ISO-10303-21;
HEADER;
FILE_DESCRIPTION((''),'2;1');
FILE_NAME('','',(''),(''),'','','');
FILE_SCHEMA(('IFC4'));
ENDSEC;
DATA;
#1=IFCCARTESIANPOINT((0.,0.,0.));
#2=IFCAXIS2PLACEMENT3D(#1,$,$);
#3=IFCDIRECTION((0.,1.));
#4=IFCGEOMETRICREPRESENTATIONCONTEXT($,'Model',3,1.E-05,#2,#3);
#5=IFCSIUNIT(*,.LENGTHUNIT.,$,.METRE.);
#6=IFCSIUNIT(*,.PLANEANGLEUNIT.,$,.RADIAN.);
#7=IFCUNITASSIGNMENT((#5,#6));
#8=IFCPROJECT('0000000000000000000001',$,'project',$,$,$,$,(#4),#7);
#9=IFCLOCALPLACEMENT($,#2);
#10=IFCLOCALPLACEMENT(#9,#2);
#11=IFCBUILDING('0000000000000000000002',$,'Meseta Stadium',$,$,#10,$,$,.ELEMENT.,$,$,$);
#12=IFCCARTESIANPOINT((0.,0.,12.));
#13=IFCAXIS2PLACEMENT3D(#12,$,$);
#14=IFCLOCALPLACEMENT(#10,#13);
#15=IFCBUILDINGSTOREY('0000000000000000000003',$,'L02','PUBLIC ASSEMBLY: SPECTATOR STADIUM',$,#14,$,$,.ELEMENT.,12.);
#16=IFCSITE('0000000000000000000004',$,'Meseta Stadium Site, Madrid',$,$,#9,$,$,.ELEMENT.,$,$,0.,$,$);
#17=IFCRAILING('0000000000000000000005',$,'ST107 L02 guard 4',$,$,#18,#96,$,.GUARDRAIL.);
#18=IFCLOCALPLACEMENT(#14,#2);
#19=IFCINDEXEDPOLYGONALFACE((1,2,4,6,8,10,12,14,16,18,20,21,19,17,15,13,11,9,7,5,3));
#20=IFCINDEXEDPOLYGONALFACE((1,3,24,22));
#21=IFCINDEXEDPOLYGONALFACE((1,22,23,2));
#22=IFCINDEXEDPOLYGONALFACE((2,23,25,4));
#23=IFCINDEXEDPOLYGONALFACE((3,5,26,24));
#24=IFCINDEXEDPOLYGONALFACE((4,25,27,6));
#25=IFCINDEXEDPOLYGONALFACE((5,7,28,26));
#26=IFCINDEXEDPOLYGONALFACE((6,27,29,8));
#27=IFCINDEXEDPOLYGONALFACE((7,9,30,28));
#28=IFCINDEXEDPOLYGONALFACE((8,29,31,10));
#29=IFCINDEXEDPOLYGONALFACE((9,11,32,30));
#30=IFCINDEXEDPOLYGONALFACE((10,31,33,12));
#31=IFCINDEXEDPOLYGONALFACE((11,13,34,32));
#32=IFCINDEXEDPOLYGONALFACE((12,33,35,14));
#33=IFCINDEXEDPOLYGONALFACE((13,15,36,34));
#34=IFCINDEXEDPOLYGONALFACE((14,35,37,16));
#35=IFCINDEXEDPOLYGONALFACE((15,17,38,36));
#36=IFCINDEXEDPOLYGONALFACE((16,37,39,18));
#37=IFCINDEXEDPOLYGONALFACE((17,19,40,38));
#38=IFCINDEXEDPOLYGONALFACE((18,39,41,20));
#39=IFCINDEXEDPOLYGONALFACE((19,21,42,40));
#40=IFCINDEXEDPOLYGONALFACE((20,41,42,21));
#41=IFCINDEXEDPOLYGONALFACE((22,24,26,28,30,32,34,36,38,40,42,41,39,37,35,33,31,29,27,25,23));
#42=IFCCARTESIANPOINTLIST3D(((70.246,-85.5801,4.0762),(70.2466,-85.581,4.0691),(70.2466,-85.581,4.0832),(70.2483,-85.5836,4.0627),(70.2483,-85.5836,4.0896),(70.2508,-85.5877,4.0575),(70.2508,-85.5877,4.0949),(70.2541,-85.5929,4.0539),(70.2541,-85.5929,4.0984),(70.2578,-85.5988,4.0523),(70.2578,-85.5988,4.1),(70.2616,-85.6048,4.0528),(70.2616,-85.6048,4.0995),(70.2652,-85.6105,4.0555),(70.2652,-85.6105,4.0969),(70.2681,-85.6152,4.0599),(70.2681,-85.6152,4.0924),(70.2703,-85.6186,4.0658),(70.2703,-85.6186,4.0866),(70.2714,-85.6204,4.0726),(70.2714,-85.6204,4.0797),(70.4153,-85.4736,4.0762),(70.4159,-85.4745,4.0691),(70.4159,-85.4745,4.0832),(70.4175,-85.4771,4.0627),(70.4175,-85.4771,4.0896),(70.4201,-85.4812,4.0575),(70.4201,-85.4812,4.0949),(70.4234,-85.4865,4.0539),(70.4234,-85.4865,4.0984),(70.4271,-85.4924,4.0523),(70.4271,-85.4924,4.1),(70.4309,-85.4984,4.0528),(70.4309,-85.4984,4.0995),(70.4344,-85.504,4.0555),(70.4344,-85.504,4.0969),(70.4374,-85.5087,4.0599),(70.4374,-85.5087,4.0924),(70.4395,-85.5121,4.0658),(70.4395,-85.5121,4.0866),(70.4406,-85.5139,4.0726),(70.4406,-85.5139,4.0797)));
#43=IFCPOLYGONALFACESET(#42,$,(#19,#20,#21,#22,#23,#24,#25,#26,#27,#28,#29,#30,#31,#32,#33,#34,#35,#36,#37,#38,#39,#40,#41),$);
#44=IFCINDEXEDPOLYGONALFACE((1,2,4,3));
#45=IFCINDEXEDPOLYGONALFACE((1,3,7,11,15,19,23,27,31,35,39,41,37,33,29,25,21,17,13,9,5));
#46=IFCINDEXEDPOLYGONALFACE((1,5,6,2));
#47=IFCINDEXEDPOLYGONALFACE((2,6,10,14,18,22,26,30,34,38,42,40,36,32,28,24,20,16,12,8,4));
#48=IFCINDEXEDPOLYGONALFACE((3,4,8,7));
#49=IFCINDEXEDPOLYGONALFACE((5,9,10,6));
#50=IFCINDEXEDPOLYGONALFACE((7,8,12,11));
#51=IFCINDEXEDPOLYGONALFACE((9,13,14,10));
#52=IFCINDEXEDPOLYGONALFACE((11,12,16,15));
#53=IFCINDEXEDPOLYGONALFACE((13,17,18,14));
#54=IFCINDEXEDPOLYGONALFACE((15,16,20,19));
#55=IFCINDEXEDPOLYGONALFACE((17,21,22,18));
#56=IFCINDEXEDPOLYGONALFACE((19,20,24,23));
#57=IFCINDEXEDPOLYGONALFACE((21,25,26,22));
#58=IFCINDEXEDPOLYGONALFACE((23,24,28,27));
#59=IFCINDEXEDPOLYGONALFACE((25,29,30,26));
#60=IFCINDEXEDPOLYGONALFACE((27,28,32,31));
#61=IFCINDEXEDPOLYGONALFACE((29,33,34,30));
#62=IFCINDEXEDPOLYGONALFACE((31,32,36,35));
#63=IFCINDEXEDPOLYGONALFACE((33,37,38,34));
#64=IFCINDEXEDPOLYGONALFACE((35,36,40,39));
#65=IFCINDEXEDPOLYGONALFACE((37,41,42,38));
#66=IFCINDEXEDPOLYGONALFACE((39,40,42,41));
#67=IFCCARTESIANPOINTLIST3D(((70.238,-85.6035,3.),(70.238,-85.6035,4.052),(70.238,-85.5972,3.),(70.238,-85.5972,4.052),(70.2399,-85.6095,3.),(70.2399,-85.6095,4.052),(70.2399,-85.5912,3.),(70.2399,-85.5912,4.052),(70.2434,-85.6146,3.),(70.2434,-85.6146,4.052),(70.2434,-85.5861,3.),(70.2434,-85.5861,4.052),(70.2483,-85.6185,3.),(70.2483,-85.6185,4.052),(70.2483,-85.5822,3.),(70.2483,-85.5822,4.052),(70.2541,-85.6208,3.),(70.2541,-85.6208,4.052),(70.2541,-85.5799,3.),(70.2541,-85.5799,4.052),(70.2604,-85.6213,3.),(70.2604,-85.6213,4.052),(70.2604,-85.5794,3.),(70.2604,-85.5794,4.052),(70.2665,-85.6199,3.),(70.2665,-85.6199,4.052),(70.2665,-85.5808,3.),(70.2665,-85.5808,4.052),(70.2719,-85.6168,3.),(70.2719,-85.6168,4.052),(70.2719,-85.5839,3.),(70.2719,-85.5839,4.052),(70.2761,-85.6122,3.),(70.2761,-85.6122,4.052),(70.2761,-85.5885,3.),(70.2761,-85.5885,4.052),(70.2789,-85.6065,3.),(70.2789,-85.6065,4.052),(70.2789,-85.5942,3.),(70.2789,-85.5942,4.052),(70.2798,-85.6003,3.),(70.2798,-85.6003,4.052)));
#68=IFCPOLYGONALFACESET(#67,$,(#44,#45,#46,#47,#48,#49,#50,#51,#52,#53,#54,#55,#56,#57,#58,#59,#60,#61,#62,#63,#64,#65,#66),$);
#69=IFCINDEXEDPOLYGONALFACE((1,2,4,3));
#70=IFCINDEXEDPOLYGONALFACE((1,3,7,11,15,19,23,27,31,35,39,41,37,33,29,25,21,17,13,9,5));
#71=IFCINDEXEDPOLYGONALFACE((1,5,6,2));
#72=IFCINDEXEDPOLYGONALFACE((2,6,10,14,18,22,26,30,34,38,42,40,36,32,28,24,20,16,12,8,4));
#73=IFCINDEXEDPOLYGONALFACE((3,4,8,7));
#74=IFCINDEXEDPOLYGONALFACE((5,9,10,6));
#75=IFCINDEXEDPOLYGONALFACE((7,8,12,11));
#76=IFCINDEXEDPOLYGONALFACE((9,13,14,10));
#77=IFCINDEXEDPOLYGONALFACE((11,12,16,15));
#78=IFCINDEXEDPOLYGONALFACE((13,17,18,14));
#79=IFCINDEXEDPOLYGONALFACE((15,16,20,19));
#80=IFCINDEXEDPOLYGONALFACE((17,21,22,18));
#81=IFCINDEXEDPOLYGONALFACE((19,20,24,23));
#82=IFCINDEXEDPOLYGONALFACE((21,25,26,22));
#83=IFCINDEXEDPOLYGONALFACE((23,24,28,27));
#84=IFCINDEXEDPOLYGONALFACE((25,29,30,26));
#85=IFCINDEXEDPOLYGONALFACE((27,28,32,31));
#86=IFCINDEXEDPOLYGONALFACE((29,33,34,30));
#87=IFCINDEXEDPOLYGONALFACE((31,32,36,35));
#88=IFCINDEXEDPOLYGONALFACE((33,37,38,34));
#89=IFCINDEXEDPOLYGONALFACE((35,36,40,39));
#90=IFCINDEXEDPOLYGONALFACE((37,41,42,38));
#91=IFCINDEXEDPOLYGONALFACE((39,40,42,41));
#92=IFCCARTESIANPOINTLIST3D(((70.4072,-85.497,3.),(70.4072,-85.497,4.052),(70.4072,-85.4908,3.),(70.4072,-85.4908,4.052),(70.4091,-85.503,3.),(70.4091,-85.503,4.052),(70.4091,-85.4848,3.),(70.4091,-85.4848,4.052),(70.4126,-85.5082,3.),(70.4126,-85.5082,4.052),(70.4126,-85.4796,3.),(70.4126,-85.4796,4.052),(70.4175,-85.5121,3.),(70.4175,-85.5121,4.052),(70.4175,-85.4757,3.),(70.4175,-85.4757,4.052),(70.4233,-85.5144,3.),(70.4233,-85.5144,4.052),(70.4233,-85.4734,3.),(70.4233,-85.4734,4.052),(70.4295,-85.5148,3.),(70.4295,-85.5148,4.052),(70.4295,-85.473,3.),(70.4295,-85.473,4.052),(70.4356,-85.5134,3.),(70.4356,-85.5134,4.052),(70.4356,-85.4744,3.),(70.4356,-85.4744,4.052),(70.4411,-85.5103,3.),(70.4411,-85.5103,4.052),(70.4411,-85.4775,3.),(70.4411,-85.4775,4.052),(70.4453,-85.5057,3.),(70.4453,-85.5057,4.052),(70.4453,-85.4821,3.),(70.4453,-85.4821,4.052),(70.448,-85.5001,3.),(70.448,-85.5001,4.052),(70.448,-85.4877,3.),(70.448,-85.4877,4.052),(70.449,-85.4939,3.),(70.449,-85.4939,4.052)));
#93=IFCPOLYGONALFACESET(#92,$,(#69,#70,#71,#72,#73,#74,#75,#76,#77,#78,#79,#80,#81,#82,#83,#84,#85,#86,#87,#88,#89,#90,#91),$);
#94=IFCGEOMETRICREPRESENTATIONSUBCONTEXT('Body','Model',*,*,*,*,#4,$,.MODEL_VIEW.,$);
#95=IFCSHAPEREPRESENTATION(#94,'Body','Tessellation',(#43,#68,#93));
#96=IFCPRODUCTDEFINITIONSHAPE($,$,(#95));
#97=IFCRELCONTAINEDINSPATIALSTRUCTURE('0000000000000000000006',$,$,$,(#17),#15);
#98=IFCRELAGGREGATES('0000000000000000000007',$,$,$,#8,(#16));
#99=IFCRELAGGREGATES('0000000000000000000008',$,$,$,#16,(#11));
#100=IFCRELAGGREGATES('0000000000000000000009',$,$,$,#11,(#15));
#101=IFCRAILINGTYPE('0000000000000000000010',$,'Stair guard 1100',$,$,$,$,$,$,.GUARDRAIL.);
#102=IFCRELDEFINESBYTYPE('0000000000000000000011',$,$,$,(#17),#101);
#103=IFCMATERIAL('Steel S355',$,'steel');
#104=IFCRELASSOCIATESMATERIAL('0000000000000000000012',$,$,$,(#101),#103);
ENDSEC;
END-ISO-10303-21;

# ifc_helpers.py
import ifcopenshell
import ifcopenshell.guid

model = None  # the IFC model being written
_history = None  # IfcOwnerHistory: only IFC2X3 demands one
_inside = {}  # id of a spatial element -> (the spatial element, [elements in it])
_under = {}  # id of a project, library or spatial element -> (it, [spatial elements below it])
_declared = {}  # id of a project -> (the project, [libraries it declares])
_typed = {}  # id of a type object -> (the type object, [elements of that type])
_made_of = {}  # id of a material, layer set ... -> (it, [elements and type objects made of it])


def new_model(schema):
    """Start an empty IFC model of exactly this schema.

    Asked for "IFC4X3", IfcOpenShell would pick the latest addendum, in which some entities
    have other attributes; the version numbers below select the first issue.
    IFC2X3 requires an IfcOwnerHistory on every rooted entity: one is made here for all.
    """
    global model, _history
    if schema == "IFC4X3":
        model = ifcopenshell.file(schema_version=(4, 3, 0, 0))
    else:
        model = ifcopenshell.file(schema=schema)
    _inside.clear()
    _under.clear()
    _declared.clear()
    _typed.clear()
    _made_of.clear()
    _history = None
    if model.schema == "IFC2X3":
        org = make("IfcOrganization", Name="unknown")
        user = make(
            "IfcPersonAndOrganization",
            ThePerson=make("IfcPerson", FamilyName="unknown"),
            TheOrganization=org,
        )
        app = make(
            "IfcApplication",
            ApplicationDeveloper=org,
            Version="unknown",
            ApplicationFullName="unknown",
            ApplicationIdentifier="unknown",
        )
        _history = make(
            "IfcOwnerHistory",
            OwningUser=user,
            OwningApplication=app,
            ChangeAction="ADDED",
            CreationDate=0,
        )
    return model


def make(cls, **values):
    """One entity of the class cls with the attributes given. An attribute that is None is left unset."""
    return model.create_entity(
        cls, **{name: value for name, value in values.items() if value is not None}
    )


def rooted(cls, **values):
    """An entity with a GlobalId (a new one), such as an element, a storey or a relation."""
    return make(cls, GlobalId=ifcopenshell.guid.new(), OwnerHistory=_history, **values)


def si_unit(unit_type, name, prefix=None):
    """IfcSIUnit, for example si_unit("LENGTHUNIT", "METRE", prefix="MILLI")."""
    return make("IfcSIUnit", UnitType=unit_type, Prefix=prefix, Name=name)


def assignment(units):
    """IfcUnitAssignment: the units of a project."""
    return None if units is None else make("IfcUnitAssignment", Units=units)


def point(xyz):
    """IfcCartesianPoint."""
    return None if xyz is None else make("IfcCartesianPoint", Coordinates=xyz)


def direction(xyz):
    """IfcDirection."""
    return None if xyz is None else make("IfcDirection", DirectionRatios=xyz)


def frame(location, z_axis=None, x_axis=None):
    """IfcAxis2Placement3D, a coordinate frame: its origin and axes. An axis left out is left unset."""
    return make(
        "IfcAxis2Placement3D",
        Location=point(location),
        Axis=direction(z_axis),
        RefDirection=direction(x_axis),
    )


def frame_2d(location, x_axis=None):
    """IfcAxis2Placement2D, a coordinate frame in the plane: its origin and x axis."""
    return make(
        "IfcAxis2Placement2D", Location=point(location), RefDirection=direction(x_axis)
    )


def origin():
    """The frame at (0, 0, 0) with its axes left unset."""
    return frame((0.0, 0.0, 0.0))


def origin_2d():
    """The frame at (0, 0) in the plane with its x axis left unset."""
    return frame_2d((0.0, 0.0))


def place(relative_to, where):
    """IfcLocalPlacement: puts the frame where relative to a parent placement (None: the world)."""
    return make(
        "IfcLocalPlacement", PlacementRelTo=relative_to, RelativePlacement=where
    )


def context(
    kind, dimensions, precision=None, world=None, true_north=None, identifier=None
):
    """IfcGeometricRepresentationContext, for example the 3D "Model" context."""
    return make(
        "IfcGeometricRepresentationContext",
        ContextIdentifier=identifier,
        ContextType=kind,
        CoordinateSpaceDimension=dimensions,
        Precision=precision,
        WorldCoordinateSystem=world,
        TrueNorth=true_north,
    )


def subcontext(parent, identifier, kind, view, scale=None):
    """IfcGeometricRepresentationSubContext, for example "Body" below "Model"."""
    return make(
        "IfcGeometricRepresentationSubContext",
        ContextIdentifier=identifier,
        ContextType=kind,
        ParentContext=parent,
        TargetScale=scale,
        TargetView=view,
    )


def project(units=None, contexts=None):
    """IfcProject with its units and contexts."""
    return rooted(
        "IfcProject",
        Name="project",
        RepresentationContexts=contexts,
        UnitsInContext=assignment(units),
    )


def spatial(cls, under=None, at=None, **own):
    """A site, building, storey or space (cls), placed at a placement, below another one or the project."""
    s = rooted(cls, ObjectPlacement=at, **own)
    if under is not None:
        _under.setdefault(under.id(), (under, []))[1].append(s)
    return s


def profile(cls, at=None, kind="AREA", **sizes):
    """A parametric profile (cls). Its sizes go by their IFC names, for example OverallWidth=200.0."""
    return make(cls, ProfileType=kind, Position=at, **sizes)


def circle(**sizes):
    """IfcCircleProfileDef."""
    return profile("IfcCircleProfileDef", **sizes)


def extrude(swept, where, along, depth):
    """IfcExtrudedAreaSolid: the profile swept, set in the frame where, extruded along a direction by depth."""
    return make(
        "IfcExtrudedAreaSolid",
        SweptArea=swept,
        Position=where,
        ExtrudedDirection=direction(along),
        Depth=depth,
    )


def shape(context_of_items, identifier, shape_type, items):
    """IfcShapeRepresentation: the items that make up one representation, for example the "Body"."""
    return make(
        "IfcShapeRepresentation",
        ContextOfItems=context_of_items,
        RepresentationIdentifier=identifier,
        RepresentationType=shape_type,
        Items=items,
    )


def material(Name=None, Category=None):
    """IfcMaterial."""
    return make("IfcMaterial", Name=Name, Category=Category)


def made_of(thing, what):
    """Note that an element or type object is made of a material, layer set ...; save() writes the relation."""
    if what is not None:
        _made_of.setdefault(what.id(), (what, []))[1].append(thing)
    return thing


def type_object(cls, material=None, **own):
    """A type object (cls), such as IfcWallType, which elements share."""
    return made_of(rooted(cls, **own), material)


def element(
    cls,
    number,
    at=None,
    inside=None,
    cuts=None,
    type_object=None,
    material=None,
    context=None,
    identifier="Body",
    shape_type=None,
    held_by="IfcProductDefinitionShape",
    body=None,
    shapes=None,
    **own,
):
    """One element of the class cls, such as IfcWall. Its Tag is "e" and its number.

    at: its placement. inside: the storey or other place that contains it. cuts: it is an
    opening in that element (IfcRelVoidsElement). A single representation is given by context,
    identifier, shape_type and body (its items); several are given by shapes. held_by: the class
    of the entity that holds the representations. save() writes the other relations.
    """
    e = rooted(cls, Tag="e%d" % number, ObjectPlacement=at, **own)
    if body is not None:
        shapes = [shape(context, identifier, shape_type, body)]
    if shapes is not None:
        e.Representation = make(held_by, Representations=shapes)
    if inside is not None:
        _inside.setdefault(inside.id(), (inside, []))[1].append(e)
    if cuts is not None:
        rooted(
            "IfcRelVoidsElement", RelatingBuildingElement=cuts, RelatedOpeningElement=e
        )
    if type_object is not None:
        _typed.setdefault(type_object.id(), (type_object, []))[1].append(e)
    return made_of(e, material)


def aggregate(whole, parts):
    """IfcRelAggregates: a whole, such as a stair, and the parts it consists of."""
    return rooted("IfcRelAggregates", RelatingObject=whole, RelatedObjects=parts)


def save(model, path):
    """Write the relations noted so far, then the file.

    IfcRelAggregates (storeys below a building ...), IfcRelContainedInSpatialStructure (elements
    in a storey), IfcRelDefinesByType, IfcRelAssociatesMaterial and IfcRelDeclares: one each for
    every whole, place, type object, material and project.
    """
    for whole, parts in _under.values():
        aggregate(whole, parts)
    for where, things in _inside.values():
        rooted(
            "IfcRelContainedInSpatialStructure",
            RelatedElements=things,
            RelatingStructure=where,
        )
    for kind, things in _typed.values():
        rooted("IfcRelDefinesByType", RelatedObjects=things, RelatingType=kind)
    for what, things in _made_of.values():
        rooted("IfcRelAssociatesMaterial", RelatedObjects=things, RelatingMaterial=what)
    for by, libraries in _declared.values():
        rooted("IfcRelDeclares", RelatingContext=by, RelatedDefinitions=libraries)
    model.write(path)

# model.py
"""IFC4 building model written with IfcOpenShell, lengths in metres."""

from ifc_helpers import new_model, si_unit, direction, frame, origin, origin_2d, place, context, subcontext, project, spatial, circle, extrude, material, type_object, element, save


model = new_model("IFC4")

# Units and contexts
model_context = context("Model", 3, precision=1e-05, world=origin(), true_north=direction((0.0, 1.0)))
body_context = subcontext(model_context, "Body", "Model", "MODEL_VIEW")
ifc_project = project(units=[si_unit("LENGTHUNIT", "METRE"), si_unit("PLANEANGLEUNIT", "RADIAN")], contexts=[model_context])

# Site, building, storey
site_placement = place(None, origin())
site = spatial("IfcSite", under=ifc_project, at=site_placement, Name="Meseta Stadium Site, Madrid", CompositionType="ELEMENT", RefElevation=0.0)
building_placement = place(site_placement, origin())
building = spatial("IfcBuilding", under=site, at=building_placement, Name="Meseta Stadium", CompositionType="ELEMENT")
storey_placement = place(building_placement, frame((0.0, 0.0, 12.0)))
storey = spatial("IfcBuildingStorey", under=building, at=storey_placement, Name="L02", Description="PUBLIC ASSEMBLY: SPECTATOR STADIUM", CompositionType="ELEMENT", Elevation=12.0)

# Railing
ifc_material_1 = material(Name="Steel S355", Category="steel")
railing_type_1 = type_object("IfcRailingType", Name="Stair guard 1100", PredefinedType="GUARDRAIL", material=ifc_material_1)
railing_1_placement = place(storey_placement, frame((70.2588, -85.6003, 3.0)))
element("IfcRailing", 1, at=railing_1_placement, inside=storey, type_object=railing_type_1, Name="ST107 L02 guard 4", PredefinedType="GUARDRAIL", context=body_context, shape_type="SweptSolid", body=[
    extrude(circle(Radius=0.0239, at=origin_2d()), frame((0.0, 0.0, 1.0762), z_axis=(0.846416, 0.532522, 0.0), x_axis=(-0.532522, 0.846416, 0.0)), (0.0, 0.0, 1.0), 0.2),
    extrude(circle(Radius=0.021, at=origin_2d()), origin(), (0.0, 0.0, 1.0), 1.052),
    extrude(circle(Radius=0.021, at=origin_2d()), frame((0.1692, 0.1064, 0.0)), (0.0, 0.0, 1.0), 1.052),
])

save(model, "model.ifc")
